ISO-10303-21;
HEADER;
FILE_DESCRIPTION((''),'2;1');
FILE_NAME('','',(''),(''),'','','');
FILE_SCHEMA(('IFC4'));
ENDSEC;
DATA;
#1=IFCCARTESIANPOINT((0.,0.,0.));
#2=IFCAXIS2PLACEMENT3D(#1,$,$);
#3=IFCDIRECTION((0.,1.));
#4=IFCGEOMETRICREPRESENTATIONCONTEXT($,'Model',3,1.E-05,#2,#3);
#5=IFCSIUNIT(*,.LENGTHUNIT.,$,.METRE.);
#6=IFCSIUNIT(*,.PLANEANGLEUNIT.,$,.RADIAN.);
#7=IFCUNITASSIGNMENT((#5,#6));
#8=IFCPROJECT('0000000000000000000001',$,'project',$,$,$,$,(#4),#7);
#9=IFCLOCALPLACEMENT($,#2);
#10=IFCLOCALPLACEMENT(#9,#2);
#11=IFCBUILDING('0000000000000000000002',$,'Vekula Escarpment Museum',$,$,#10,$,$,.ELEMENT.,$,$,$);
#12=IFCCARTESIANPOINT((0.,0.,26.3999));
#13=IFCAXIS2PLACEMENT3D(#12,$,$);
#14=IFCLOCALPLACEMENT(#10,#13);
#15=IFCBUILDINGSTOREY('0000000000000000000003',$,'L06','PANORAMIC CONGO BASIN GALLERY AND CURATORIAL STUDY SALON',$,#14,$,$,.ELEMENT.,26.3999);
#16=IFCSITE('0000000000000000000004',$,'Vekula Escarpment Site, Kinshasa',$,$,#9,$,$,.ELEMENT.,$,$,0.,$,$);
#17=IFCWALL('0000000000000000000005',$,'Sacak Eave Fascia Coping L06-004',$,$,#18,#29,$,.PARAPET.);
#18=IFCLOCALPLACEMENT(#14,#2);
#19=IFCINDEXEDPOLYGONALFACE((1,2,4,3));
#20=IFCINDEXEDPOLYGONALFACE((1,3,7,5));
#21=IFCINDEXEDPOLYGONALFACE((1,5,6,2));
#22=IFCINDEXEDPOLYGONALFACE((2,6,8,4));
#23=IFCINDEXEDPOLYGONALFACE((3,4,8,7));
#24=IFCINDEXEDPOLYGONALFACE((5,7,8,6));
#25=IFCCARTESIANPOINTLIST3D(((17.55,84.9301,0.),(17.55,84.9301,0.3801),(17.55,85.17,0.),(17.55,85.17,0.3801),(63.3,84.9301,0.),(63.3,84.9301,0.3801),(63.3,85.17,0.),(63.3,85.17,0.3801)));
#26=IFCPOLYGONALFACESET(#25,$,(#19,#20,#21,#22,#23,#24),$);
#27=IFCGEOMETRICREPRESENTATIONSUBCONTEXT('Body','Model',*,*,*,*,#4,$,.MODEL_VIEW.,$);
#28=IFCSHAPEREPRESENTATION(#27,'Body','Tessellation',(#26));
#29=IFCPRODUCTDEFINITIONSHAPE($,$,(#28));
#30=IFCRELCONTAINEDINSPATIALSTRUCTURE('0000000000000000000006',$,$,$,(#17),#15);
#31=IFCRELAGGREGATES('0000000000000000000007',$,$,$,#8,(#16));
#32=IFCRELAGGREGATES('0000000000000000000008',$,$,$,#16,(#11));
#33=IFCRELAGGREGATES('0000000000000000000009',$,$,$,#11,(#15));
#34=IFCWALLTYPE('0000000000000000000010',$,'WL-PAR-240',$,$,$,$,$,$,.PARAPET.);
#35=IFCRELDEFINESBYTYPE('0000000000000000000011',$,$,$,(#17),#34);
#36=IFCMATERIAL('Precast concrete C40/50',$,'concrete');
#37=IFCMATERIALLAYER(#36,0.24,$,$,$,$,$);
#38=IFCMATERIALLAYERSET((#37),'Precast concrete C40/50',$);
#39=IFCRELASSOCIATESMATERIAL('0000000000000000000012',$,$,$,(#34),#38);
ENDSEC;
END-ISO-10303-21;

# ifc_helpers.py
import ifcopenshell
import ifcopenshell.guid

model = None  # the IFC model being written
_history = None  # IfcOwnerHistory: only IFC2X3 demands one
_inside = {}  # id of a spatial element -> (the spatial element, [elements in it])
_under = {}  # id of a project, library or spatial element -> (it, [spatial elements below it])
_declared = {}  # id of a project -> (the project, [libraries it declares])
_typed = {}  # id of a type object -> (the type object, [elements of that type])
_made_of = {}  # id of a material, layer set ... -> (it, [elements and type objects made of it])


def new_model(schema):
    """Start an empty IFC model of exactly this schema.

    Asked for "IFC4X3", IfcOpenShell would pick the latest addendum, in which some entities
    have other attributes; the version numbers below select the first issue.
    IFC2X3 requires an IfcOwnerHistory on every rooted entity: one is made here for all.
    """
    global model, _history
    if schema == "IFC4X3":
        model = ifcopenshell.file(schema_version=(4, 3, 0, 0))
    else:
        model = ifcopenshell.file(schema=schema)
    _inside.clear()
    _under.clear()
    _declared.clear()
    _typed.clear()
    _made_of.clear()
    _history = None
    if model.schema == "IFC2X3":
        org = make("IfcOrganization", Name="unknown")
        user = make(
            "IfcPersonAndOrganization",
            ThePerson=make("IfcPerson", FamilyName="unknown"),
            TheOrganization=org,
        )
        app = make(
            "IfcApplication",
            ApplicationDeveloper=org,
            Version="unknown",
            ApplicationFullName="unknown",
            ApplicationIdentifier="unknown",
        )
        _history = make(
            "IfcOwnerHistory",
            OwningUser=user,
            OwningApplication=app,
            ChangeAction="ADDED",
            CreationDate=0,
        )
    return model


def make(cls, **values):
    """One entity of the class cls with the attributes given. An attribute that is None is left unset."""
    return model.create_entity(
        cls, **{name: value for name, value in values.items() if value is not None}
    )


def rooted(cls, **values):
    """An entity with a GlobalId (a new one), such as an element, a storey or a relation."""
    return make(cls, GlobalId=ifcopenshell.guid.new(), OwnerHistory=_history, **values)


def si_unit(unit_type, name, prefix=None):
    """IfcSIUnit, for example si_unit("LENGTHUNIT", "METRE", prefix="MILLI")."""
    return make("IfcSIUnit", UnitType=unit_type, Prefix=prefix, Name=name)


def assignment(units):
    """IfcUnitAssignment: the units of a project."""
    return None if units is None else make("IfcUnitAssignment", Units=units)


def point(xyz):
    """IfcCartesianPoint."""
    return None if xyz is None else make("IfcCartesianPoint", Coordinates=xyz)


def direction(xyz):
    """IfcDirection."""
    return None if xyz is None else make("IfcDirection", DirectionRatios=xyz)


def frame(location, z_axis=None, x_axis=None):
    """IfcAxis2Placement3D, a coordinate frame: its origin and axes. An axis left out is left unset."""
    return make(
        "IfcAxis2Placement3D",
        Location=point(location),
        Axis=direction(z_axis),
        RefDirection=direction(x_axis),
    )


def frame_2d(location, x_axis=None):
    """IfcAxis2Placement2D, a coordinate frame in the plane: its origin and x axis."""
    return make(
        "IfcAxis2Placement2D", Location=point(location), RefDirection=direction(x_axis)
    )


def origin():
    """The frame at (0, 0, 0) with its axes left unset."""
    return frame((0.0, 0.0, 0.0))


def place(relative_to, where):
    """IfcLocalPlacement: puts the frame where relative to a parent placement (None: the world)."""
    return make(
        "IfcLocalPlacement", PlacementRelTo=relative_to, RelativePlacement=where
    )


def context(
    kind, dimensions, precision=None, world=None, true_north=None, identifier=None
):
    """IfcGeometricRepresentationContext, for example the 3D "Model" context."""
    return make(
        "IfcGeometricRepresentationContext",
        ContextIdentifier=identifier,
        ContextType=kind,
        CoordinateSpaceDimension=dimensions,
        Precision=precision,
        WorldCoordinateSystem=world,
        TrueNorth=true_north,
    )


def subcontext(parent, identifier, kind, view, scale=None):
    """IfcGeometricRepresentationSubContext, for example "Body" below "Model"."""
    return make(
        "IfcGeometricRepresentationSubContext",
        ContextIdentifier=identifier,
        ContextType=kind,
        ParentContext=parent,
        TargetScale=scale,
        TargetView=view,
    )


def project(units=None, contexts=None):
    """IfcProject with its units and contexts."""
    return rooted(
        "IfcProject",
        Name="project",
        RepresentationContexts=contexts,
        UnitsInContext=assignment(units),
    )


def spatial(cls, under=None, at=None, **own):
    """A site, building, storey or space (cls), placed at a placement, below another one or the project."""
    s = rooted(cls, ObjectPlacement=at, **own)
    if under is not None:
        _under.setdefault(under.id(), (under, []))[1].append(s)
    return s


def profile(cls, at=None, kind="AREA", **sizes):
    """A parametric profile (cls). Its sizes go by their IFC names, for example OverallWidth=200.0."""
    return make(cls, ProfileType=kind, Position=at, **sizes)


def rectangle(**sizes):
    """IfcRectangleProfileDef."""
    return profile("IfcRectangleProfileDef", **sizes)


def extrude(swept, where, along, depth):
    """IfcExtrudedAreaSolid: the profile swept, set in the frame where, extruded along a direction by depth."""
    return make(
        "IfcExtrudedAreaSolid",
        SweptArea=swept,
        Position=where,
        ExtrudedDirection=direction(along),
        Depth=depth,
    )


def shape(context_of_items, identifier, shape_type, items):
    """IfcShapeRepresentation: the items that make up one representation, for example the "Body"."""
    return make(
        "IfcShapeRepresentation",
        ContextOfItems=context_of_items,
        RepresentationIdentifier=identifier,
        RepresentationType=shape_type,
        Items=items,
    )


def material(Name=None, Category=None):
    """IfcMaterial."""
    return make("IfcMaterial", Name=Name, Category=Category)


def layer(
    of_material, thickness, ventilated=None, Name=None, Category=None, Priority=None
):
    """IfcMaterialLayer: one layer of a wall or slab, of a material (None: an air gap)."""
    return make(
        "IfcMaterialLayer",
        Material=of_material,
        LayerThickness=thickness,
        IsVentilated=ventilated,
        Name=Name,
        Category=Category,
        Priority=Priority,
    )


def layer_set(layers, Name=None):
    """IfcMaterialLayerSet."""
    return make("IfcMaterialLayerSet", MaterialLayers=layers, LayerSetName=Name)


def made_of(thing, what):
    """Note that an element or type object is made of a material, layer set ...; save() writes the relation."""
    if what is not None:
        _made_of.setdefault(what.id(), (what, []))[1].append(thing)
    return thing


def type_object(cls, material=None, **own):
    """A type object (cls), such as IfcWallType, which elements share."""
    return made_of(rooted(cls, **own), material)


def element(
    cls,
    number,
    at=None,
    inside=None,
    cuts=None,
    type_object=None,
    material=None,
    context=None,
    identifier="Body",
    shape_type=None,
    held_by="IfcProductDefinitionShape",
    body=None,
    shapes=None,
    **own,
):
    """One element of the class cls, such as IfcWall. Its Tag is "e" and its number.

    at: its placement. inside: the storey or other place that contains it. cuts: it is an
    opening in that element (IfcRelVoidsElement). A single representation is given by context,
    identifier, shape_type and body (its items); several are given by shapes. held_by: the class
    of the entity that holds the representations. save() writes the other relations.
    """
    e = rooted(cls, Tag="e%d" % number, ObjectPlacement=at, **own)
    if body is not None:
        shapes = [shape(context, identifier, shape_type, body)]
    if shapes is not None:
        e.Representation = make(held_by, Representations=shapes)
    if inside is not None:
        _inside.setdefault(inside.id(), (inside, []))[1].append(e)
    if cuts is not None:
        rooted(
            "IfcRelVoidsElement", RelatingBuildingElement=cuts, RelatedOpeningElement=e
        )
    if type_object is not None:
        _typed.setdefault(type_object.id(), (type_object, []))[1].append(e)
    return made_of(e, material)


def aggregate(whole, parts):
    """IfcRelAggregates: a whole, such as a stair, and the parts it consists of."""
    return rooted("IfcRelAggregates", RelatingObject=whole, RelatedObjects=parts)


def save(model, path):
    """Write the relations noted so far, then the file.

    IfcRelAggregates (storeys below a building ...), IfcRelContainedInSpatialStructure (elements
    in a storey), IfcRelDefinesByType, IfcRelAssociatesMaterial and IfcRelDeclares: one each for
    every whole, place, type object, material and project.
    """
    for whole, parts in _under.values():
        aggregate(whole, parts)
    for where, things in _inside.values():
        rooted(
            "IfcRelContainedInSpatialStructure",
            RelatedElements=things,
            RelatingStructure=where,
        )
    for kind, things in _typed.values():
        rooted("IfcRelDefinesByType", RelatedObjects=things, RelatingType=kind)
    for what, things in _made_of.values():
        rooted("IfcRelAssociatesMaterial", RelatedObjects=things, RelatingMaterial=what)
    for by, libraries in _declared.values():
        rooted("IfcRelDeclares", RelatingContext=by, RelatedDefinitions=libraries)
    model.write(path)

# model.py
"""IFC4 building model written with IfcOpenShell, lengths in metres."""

from ifc_helpers import new_model, si_unit, direction, frame, frame_2d, origin, place, context, subcontext, project, spatial, rectangle, extrude, material, layer, layer_set, type_object, element, save


model = new_model("IFC4")

# Units and contexts
model_context = context("Model", 3, precision=1e-05, world=origin(), true_north=direction((0.0, 1.0)))
body_context = subcontext(model_context, "Body", "Model", "MODEL_VIEW")
ifc_project = project(units=[si_unit("LENGTHUNIT", "METRE"), si_unit("PLANEANGLEUNIT", "RADIAN")], contexts=[model_context])

# Site, building, storey
site_placement = place(None, origin())
site = spatial("IfcSite", under=ifc_project, at=site_placement, Name="Vekula Escarpment Site, Kinshasa", CompositionType="ELEMENT", RefElevation=0.0)
building_placement = place(site_placement, origin())
building = spatial("IfcBuilding", under=site, at=building_placement, Name="Vekula Escarpment Museum", CompositionType="ELEMENT")
storey_placement = place(building_placement, frame((0.0, 0.0, 26.3999)))
storey = spatial("IfcBuildingStorey", under=building, at=storey_placement, Name="L06", Description="PANORAMIC CONGO BASIN GALLERY AND CURATORIAL STUDY SALON", CompositionType="ELEMENT", Elevation=26.3999)

# Wall
ifc_material_1 = material(Name="Precast concrete C40/50", Category="concrete")
ifc_layer = layer(ifc_material_1, 0.24)
ifc_layer_set = layer_set([ifc_layer], Name="Precast concrete C40/50")
wall_type = type_object("IfcWallType", Name="WL-PAR-240", PredefinedType="PARAPET", material=ifc_layer_set)
wall_placement = place(storey_placement, frame((17.55, 85.05, 0.0), z_axis=(0.0, 0.0, 1.0), x_axis=(1.0, 0.0, 0.0)))
element("IfcWall", 1, at=wall_placement, inside=storey, type_object=wall_type, Name="Sacak Eave Fascia Coping L06-004", PredefinedType="PARAPET", context=body_context, shape_type="SweptSolid", body=[
    extrude(rectangle(XDim=45.75, YDim=0.24, at=frame_2d((22.875, 0.0))), origin(), (0.0, 0.0, 1.0), 0.3801),
])

save(model, "model.ifc")
